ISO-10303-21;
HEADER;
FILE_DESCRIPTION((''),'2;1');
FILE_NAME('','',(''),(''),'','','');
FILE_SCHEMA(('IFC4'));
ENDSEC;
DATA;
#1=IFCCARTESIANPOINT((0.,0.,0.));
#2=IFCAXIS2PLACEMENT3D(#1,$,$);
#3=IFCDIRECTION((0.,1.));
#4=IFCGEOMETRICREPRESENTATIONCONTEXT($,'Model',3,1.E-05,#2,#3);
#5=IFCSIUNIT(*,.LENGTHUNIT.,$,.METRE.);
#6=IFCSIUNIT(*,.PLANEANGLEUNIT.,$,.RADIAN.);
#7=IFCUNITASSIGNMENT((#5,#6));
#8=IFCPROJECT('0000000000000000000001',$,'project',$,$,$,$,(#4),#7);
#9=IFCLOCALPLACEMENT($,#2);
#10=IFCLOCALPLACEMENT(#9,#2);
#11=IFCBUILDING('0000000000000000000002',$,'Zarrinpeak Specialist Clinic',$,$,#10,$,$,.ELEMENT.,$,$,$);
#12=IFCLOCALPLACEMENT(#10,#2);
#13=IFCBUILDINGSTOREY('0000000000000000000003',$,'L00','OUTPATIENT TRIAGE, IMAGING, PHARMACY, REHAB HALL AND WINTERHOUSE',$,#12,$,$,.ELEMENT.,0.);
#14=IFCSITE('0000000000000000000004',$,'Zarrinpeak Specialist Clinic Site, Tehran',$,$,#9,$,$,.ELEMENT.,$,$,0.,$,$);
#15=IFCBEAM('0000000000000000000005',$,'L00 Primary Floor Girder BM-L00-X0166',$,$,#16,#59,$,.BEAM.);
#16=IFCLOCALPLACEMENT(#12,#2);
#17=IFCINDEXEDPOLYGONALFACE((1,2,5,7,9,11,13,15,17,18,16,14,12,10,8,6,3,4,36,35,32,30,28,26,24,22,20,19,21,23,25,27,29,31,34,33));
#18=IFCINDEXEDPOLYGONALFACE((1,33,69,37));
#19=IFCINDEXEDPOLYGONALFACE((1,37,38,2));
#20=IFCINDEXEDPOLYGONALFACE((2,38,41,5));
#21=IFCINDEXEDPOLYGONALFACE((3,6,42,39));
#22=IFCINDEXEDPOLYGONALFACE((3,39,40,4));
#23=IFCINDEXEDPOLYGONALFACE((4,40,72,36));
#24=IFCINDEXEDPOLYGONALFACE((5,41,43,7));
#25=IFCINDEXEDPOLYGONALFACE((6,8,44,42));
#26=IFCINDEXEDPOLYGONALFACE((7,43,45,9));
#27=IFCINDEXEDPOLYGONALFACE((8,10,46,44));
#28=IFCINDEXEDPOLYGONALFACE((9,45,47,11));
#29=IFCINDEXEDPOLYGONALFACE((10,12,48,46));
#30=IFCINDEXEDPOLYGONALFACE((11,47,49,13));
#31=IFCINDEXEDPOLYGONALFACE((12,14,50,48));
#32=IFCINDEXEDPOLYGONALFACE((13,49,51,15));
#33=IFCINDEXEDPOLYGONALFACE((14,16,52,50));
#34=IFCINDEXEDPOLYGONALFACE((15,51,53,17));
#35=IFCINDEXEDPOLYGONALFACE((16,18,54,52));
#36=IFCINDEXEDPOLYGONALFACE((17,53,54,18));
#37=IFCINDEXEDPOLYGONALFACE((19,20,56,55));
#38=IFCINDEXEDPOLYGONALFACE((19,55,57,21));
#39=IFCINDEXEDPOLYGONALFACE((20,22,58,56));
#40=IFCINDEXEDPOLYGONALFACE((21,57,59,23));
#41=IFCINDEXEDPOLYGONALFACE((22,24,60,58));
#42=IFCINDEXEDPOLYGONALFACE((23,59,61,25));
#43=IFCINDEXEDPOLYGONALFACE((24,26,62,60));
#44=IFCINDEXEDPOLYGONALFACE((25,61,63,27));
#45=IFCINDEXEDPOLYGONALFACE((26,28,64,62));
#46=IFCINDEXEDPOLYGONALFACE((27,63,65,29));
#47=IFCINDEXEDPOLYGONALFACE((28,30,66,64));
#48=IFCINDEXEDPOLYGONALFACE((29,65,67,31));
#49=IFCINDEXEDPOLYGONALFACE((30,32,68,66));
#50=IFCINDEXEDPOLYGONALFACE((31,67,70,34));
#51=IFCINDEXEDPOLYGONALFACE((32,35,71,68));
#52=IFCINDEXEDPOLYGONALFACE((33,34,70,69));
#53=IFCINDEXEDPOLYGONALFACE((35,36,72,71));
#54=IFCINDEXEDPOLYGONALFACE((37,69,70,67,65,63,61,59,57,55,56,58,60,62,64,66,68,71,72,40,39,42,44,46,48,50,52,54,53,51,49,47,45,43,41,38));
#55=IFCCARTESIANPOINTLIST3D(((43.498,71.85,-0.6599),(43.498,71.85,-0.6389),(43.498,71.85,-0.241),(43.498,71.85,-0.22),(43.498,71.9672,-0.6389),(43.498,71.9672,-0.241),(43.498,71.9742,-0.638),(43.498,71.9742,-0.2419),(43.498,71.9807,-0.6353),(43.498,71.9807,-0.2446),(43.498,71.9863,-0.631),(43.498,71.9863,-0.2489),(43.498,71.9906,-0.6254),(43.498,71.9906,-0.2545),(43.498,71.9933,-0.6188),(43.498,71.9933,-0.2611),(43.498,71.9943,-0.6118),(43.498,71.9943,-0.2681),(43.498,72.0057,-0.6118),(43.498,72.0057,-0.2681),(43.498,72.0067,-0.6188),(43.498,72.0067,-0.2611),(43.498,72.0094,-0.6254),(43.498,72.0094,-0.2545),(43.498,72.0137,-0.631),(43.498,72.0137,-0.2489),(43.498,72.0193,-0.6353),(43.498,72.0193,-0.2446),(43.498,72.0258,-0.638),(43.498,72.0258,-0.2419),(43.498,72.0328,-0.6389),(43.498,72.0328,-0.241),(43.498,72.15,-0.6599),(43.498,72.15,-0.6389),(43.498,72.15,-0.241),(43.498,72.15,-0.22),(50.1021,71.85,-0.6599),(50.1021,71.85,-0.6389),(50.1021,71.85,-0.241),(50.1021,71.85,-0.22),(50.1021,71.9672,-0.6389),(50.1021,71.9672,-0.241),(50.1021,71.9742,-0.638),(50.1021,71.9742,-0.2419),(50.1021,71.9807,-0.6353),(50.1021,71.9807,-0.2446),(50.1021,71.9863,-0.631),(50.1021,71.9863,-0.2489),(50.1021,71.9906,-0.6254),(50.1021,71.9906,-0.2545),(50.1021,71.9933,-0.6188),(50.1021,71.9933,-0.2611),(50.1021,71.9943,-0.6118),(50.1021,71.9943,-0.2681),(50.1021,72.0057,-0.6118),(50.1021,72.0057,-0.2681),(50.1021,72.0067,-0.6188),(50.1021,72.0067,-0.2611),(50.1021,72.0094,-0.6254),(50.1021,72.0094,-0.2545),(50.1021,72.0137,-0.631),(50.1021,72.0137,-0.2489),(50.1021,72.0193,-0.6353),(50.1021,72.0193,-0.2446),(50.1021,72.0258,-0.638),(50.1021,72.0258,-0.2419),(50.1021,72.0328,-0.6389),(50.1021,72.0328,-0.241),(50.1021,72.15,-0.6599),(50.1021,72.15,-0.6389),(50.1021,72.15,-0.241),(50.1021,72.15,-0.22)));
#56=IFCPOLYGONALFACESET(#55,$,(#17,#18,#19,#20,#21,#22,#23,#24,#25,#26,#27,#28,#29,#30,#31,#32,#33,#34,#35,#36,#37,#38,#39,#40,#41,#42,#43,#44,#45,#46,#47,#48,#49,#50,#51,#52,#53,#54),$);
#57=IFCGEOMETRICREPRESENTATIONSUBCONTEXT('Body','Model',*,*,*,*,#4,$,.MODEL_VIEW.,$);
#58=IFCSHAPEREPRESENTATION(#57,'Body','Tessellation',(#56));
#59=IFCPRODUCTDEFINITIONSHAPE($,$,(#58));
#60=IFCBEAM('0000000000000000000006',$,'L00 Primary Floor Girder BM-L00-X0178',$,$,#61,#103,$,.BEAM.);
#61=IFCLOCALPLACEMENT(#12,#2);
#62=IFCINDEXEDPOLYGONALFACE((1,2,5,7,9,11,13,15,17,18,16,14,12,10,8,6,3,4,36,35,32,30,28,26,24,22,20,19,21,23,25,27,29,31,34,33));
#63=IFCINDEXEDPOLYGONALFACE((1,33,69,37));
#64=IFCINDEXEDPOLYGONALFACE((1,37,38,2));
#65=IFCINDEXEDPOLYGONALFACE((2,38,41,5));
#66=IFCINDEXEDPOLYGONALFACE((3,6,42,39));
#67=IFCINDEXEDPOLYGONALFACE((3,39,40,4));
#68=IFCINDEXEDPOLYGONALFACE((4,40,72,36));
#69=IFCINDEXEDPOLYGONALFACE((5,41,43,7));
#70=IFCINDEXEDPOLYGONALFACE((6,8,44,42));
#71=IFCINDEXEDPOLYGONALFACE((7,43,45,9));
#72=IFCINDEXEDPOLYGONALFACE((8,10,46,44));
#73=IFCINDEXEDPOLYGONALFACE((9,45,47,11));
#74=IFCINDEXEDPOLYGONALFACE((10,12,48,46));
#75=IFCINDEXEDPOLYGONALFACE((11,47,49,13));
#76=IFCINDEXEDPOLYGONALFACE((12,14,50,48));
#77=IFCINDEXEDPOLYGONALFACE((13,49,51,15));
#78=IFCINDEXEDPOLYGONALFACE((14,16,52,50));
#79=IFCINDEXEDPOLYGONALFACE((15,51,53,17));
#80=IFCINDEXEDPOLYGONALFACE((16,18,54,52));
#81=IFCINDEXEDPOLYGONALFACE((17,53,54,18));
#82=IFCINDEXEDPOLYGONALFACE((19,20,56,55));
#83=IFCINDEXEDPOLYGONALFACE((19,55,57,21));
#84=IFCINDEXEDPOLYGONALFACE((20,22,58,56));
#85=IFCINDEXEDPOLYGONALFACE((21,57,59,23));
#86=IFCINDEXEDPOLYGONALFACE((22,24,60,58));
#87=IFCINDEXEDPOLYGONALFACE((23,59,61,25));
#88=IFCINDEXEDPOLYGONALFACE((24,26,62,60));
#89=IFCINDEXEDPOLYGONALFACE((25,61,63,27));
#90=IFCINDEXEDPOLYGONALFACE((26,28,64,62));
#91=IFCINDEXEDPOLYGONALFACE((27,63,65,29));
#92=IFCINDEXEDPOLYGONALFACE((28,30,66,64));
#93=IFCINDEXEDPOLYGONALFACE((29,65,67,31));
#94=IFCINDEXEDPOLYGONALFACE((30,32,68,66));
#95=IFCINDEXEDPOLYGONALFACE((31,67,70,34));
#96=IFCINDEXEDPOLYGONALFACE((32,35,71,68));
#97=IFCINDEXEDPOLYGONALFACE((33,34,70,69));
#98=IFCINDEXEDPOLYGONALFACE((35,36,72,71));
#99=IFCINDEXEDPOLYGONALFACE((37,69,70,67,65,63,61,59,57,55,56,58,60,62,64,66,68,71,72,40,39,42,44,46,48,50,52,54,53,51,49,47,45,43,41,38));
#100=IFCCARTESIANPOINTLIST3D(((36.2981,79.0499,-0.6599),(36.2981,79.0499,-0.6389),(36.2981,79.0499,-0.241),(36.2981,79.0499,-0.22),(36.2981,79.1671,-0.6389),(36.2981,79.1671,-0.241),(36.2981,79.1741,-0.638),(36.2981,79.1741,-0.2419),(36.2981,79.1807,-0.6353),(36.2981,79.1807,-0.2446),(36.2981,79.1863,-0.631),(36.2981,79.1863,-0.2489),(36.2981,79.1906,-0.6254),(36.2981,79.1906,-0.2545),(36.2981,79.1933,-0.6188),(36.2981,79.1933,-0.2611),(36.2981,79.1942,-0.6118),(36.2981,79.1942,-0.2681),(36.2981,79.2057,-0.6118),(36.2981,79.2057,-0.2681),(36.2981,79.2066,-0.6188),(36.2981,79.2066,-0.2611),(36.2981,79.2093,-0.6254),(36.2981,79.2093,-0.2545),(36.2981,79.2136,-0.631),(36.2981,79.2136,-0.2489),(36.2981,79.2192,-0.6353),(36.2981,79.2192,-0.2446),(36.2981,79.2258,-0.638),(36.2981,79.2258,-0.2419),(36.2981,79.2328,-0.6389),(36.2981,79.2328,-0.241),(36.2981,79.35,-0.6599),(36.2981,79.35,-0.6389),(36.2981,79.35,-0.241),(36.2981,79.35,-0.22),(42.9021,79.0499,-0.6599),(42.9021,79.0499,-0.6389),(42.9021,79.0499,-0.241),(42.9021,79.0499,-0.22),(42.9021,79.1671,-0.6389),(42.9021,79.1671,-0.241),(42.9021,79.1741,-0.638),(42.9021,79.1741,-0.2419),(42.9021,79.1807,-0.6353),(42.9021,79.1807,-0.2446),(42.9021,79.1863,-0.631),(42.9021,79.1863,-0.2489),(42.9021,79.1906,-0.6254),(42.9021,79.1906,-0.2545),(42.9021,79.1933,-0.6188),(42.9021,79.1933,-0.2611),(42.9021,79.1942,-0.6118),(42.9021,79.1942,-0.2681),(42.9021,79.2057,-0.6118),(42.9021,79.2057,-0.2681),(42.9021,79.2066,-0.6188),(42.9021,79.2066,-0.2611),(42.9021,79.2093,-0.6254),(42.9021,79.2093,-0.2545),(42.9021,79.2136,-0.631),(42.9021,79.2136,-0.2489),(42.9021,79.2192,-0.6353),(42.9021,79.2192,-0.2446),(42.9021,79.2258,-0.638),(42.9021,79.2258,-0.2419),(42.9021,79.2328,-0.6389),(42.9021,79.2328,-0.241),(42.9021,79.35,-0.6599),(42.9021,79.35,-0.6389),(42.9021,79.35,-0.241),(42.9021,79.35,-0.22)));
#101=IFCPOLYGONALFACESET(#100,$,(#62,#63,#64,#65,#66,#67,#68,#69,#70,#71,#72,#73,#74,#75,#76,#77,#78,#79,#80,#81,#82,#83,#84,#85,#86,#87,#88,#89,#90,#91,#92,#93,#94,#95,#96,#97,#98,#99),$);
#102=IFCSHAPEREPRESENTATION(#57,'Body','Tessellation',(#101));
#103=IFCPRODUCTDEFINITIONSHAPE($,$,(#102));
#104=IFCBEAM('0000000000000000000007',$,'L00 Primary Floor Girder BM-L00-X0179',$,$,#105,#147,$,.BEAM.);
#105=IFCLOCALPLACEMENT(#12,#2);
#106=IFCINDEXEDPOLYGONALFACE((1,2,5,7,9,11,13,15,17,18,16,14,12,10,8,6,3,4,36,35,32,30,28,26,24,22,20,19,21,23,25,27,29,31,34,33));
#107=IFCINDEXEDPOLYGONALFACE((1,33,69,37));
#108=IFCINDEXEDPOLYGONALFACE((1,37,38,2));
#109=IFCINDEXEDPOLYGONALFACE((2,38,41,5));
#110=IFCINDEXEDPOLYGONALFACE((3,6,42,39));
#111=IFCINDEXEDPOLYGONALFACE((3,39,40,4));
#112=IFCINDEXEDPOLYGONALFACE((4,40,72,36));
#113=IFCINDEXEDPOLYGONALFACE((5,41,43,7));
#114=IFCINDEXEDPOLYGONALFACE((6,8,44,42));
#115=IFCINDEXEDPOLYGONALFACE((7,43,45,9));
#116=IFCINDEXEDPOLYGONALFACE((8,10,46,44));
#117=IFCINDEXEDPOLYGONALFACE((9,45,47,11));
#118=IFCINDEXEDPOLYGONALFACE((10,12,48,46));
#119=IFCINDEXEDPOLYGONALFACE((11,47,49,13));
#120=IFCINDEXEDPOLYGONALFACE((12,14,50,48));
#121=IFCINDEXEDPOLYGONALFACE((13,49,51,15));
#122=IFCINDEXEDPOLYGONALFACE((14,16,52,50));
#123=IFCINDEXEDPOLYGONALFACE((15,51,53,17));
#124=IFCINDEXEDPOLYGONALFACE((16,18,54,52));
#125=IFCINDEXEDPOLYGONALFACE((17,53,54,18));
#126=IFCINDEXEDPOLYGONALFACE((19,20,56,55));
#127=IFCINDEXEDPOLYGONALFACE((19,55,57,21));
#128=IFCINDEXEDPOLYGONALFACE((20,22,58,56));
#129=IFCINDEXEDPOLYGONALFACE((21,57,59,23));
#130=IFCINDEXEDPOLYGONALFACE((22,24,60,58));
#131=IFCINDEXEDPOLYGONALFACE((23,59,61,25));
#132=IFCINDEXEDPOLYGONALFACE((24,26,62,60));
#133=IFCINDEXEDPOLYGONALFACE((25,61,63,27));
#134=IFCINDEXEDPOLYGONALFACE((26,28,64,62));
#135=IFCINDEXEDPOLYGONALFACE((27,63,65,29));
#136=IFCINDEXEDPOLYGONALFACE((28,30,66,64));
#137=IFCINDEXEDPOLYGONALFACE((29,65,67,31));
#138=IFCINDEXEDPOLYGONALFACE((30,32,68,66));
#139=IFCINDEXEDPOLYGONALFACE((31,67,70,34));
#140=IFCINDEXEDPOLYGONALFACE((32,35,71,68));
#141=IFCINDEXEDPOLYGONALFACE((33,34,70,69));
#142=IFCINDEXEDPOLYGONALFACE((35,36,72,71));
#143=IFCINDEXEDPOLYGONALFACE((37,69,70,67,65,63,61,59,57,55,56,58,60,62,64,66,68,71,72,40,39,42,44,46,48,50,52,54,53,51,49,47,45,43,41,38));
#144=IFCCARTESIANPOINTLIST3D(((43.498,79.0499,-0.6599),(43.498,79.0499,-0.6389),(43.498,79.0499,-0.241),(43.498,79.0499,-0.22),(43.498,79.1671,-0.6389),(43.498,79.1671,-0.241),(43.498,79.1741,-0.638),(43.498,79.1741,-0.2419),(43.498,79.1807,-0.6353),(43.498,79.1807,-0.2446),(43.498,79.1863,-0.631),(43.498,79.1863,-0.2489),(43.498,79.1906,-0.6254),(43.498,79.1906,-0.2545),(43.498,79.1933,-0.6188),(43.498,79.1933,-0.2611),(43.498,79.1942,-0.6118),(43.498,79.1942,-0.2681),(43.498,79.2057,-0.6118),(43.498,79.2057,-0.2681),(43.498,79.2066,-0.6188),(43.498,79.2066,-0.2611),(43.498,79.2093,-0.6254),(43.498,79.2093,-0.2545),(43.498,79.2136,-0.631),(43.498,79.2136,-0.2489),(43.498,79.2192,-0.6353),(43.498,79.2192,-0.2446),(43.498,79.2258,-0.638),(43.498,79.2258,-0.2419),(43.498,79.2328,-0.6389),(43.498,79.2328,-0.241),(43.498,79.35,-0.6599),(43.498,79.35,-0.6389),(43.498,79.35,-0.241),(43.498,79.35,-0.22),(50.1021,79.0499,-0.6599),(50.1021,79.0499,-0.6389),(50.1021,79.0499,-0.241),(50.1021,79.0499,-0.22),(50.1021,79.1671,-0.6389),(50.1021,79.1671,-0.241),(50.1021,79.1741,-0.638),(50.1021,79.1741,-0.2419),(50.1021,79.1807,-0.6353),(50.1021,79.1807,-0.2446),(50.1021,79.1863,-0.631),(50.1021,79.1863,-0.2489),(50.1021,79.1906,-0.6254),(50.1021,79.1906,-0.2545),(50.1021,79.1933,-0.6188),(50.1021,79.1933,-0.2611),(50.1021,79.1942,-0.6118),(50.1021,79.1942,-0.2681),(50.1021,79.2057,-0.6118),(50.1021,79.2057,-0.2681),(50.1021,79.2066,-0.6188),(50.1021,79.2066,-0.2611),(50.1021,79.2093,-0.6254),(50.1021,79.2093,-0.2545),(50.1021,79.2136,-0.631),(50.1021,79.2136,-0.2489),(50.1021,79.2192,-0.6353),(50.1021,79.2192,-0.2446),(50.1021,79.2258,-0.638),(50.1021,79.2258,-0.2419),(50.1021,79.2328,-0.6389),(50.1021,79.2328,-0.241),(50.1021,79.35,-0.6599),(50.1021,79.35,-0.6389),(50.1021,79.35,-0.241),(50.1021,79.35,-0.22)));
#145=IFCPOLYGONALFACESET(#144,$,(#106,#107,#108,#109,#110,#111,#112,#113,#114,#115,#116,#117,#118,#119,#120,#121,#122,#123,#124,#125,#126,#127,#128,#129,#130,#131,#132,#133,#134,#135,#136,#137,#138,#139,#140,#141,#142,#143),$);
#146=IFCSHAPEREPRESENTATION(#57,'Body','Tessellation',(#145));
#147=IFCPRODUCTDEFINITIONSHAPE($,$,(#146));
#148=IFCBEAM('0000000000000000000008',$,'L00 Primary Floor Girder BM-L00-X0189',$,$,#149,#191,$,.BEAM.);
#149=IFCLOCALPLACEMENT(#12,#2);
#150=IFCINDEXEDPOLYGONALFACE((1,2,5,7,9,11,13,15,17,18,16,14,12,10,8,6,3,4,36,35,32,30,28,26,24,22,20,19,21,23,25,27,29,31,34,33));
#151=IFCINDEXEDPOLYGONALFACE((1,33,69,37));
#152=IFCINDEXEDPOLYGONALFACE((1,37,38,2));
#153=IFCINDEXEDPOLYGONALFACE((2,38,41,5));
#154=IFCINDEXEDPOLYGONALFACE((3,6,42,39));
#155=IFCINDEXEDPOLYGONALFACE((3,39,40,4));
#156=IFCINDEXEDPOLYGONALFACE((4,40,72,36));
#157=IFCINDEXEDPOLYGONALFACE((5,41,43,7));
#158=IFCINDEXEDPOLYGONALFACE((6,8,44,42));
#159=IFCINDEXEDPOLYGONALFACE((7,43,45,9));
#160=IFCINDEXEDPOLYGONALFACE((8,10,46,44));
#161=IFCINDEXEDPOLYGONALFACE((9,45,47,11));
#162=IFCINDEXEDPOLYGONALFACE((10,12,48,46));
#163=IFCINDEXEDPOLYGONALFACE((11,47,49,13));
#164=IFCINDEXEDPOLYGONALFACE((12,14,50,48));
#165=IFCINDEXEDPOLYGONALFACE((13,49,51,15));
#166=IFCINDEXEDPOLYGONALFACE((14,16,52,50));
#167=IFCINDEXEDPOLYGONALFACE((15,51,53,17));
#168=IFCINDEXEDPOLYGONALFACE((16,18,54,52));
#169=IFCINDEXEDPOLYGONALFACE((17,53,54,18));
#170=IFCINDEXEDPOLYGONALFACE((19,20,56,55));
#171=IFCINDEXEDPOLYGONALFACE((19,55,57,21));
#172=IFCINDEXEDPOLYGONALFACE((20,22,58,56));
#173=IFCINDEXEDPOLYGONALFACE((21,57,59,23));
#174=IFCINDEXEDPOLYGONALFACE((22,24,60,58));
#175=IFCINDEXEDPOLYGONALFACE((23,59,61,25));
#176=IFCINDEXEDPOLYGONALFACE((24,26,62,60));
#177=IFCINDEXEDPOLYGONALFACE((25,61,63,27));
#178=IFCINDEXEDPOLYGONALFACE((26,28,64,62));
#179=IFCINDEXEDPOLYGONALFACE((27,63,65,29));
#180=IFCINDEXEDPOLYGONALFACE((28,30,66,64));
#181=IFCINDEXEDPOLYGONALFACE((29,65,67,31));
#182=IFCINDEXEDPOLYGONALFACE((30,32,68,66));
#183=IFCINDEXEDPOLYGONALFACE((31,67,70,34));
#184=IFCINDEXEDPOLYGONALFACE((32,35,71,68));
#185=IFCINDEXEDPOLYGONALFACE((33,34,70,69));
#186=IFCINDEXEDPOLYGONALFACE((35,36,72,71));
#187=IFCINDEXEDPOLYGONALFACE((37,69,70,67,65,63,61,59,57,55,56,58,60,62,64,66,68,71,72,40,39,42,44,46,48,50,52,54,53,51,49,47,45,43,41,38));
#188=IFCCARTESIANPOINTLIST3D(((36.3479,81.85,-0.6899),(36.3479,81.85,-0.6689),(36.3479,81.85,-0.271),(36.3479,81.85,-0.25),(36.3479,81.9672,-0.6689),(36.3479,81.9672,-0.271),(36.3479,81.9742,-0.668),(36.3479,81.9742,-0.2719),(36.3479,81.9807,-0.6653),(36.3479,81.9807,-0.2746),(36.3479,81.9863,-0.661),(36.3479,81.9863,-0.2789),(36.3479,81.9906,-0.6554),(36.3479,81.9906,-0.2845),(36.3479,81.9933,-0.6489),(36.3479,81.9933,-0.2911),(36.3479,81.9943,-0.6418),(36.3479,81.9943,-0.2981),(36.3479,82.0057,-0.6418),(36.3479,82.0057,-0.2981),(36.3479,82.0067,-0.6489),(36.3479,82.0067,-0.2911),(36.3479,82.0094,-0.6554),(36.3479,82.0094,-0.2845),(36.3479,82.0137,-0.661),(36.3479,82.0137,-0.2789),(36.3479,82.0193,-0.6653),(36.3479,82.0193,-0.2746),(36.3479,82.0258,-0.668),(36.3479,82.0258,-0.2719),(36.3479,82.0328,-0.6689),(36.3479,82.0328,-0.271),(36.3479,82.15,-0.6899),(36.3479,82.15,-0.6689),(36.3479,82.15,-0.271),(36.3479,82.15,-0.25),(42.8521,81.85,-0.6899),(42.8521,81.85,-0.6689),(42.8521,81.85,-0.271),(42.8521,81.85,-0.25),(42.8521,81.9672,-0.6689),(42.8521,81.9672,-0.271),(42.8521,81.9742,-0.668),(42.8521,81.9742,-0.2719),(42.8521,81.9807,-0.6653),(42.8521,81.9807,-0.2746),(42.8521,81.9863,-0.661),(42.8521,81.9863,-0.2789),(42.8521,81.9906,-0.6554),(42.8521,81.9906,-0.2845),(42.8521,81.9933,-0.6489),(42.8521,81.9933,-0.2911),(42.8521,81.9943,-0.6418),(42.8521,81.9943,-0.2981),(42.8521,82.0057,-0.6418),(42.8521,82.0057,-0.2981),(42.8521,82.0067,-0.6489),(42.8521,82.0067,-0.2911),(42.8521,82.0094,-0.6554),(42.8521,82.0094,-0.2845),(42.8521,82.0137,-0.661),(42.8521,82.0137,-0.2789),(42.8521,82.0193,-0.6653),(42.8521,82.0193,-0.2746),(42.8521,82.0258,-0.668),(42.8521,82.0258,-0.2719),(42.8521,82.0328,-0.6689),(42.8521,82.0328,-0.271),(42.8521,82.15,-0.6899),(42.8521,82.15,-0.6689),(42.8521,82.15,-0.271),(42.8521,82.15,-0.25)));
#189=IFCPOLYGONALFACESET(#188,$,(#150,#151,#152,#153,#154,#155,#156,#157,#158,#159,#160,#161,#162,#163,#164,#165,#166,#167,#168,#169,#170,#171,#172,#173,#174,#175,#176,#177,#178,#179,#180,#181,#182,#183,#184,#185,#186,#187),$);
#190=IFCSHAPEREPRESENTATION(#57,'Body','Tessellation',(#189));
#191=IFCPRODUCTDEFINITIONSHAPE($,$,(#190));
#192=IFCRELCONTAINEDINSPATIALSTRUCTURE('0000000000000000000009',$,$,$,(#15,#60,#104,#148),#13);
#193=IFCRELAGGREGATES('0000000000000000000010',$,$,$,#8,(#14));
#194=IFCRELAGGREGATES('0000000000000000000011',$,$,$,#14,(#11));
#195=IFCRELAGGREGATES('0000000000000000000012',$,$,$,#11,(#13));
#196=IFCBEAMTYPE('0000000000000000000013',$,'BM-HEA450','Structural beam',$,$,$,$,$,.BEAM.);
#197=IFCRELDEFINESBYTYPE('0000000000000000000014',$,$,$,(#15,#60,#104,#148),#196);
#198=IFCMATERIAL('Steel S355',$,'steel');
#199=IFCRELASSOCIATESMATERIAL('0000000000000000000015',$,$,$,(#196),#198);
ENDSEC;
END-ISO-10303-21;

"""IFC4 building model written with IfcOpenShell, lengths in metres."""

from ifc_helpers import new_model, si_unit, direction, frame, origin, origin_2d, place, context, subcontext, project, spatial, i_section, extrude, material, material_profile, profile_set, type_object, element, save


model = new_model("IFC4")

# Units and contexts
model_context = context("Model", 3, precision=1e-05, world=origin(), true_north=direction((0.0, 1.0)))
body_context = subcontext(model_context, "Body", "Model", "MODEL_VIEW")
ifc_project = project(units=[si_unit("LENGTHUNIT", "METRE"), si_unit("PLANEANGLEUNIT", "RADIAN")], contexts=[model_context])

# Site, building, storey
site_placement = place(None, origin())
site = spatial("IfcSite", under=ifc_project, at=site_placement, Name="Zarrinpeak Specialist Clinic Site, Tehran", CompositionType="ELEMENT", RefElevation=0.0)
building_placement = place(site_placement, origin())
building = spatial("IfcBuilding", under=site, at=building_placement, Name="Zarrinpeak Specialist Clinic", CompositionType="ELEMENT")
storey_placement = place(building_placement, origin())
storey = spatial("IfcBuildingStorey", under=building, at=storey_placement, Name="L00", Description="OUTPATIENT TRIAGE, IMAGING, PHARMACY, REHAB HALL AND WINTERHOUSE", CompositionType="ELEMENT", Elevation=0.0)

# Shared definitions
ifc_material_1 = material(Name="Steel S355", Category="steel")

# Beams
ifc_material_profile_1 = material_profile(ifc_material_1, i_section(OverallWidth=0.3, OverallDepth=0.4399, WebThickness=0.0115, FlangeThickness=0.021, FilletRadius=0.0271, at=origin_2d()), Name="HEA 450")
ifc_profile_set_1 = profile_set([ifc_material_profile_1], Name="Steel S355")
beam_type_1 = type_object("IfcBeamType", Name="BM-HEA450", Description="Structural beam", PredefinedType="BEAM", material=ifc_profile_set_1)
for number, where, z_axis, x_axis, name in (
    (1, (43.498, 72.0, -0.4399), (1.0, 0.0, 0.0), (0.0, 1.0, 0.0), "L00 Primary Floor Girder BM-L00-X0166"),
    (2, (36.2981, 79.2, -0.4399), (1.0, 0.0, 0.0), (0.0, 1.0, 0.0), "L00 Primary Floor Girder BM-L00-X0178"),
    (3, (43.498, 79.2, -0.4399), (1.0, 0.0, 0.0), (0.0, 1.0, 0.0), "L00 Primary Floor Girder BM-L00-X0179"),
):
    element("IfcBeam", number, at=place(storey_placement, frame(where, z_axis=z_axis, x_axis=x_axis)), inside=storey, type_object=beam_type_1, Name=name, PredefinedType="BEAM", context=body_context, shape_type="SweptSolid", body=[
        extrude(i_section(OverallWidth=0.3, OverallDepth=0.4399, WebThickness=0.0115, FlangeThickness=0.021, FilletRadius=0.0271, at=origin_2d()), origin(), (0.0, 0.0, 1.0), 6.604),
    ])
beam_1_placement = place(storey_placement, frame((36.3479, 82.0, -0.47), z_axis=(1.0, 0.0, 0.0), x_axis=(0.0, 1.0, 0.0)))
element("IfcBeam", 4, at=beam_1_placement, inside=storey, type_object=beam_type_1, Name="L00 Primary Floor Girder BM-L00-X0189", PredefinedType="BEAM", context=body_context, shape_type="SweptSolid", body=[
    extrude(i_section(OverallWidth=0.3, OverallDepth=0.4399, WebThickness=0.0115, FlangeThickness=0.021, FilletRadius=0.0271, at=origin_2d()), origin(), (0.0, 0.0, 1.0), 6.5042),
])

save(model, "model.ifc")
